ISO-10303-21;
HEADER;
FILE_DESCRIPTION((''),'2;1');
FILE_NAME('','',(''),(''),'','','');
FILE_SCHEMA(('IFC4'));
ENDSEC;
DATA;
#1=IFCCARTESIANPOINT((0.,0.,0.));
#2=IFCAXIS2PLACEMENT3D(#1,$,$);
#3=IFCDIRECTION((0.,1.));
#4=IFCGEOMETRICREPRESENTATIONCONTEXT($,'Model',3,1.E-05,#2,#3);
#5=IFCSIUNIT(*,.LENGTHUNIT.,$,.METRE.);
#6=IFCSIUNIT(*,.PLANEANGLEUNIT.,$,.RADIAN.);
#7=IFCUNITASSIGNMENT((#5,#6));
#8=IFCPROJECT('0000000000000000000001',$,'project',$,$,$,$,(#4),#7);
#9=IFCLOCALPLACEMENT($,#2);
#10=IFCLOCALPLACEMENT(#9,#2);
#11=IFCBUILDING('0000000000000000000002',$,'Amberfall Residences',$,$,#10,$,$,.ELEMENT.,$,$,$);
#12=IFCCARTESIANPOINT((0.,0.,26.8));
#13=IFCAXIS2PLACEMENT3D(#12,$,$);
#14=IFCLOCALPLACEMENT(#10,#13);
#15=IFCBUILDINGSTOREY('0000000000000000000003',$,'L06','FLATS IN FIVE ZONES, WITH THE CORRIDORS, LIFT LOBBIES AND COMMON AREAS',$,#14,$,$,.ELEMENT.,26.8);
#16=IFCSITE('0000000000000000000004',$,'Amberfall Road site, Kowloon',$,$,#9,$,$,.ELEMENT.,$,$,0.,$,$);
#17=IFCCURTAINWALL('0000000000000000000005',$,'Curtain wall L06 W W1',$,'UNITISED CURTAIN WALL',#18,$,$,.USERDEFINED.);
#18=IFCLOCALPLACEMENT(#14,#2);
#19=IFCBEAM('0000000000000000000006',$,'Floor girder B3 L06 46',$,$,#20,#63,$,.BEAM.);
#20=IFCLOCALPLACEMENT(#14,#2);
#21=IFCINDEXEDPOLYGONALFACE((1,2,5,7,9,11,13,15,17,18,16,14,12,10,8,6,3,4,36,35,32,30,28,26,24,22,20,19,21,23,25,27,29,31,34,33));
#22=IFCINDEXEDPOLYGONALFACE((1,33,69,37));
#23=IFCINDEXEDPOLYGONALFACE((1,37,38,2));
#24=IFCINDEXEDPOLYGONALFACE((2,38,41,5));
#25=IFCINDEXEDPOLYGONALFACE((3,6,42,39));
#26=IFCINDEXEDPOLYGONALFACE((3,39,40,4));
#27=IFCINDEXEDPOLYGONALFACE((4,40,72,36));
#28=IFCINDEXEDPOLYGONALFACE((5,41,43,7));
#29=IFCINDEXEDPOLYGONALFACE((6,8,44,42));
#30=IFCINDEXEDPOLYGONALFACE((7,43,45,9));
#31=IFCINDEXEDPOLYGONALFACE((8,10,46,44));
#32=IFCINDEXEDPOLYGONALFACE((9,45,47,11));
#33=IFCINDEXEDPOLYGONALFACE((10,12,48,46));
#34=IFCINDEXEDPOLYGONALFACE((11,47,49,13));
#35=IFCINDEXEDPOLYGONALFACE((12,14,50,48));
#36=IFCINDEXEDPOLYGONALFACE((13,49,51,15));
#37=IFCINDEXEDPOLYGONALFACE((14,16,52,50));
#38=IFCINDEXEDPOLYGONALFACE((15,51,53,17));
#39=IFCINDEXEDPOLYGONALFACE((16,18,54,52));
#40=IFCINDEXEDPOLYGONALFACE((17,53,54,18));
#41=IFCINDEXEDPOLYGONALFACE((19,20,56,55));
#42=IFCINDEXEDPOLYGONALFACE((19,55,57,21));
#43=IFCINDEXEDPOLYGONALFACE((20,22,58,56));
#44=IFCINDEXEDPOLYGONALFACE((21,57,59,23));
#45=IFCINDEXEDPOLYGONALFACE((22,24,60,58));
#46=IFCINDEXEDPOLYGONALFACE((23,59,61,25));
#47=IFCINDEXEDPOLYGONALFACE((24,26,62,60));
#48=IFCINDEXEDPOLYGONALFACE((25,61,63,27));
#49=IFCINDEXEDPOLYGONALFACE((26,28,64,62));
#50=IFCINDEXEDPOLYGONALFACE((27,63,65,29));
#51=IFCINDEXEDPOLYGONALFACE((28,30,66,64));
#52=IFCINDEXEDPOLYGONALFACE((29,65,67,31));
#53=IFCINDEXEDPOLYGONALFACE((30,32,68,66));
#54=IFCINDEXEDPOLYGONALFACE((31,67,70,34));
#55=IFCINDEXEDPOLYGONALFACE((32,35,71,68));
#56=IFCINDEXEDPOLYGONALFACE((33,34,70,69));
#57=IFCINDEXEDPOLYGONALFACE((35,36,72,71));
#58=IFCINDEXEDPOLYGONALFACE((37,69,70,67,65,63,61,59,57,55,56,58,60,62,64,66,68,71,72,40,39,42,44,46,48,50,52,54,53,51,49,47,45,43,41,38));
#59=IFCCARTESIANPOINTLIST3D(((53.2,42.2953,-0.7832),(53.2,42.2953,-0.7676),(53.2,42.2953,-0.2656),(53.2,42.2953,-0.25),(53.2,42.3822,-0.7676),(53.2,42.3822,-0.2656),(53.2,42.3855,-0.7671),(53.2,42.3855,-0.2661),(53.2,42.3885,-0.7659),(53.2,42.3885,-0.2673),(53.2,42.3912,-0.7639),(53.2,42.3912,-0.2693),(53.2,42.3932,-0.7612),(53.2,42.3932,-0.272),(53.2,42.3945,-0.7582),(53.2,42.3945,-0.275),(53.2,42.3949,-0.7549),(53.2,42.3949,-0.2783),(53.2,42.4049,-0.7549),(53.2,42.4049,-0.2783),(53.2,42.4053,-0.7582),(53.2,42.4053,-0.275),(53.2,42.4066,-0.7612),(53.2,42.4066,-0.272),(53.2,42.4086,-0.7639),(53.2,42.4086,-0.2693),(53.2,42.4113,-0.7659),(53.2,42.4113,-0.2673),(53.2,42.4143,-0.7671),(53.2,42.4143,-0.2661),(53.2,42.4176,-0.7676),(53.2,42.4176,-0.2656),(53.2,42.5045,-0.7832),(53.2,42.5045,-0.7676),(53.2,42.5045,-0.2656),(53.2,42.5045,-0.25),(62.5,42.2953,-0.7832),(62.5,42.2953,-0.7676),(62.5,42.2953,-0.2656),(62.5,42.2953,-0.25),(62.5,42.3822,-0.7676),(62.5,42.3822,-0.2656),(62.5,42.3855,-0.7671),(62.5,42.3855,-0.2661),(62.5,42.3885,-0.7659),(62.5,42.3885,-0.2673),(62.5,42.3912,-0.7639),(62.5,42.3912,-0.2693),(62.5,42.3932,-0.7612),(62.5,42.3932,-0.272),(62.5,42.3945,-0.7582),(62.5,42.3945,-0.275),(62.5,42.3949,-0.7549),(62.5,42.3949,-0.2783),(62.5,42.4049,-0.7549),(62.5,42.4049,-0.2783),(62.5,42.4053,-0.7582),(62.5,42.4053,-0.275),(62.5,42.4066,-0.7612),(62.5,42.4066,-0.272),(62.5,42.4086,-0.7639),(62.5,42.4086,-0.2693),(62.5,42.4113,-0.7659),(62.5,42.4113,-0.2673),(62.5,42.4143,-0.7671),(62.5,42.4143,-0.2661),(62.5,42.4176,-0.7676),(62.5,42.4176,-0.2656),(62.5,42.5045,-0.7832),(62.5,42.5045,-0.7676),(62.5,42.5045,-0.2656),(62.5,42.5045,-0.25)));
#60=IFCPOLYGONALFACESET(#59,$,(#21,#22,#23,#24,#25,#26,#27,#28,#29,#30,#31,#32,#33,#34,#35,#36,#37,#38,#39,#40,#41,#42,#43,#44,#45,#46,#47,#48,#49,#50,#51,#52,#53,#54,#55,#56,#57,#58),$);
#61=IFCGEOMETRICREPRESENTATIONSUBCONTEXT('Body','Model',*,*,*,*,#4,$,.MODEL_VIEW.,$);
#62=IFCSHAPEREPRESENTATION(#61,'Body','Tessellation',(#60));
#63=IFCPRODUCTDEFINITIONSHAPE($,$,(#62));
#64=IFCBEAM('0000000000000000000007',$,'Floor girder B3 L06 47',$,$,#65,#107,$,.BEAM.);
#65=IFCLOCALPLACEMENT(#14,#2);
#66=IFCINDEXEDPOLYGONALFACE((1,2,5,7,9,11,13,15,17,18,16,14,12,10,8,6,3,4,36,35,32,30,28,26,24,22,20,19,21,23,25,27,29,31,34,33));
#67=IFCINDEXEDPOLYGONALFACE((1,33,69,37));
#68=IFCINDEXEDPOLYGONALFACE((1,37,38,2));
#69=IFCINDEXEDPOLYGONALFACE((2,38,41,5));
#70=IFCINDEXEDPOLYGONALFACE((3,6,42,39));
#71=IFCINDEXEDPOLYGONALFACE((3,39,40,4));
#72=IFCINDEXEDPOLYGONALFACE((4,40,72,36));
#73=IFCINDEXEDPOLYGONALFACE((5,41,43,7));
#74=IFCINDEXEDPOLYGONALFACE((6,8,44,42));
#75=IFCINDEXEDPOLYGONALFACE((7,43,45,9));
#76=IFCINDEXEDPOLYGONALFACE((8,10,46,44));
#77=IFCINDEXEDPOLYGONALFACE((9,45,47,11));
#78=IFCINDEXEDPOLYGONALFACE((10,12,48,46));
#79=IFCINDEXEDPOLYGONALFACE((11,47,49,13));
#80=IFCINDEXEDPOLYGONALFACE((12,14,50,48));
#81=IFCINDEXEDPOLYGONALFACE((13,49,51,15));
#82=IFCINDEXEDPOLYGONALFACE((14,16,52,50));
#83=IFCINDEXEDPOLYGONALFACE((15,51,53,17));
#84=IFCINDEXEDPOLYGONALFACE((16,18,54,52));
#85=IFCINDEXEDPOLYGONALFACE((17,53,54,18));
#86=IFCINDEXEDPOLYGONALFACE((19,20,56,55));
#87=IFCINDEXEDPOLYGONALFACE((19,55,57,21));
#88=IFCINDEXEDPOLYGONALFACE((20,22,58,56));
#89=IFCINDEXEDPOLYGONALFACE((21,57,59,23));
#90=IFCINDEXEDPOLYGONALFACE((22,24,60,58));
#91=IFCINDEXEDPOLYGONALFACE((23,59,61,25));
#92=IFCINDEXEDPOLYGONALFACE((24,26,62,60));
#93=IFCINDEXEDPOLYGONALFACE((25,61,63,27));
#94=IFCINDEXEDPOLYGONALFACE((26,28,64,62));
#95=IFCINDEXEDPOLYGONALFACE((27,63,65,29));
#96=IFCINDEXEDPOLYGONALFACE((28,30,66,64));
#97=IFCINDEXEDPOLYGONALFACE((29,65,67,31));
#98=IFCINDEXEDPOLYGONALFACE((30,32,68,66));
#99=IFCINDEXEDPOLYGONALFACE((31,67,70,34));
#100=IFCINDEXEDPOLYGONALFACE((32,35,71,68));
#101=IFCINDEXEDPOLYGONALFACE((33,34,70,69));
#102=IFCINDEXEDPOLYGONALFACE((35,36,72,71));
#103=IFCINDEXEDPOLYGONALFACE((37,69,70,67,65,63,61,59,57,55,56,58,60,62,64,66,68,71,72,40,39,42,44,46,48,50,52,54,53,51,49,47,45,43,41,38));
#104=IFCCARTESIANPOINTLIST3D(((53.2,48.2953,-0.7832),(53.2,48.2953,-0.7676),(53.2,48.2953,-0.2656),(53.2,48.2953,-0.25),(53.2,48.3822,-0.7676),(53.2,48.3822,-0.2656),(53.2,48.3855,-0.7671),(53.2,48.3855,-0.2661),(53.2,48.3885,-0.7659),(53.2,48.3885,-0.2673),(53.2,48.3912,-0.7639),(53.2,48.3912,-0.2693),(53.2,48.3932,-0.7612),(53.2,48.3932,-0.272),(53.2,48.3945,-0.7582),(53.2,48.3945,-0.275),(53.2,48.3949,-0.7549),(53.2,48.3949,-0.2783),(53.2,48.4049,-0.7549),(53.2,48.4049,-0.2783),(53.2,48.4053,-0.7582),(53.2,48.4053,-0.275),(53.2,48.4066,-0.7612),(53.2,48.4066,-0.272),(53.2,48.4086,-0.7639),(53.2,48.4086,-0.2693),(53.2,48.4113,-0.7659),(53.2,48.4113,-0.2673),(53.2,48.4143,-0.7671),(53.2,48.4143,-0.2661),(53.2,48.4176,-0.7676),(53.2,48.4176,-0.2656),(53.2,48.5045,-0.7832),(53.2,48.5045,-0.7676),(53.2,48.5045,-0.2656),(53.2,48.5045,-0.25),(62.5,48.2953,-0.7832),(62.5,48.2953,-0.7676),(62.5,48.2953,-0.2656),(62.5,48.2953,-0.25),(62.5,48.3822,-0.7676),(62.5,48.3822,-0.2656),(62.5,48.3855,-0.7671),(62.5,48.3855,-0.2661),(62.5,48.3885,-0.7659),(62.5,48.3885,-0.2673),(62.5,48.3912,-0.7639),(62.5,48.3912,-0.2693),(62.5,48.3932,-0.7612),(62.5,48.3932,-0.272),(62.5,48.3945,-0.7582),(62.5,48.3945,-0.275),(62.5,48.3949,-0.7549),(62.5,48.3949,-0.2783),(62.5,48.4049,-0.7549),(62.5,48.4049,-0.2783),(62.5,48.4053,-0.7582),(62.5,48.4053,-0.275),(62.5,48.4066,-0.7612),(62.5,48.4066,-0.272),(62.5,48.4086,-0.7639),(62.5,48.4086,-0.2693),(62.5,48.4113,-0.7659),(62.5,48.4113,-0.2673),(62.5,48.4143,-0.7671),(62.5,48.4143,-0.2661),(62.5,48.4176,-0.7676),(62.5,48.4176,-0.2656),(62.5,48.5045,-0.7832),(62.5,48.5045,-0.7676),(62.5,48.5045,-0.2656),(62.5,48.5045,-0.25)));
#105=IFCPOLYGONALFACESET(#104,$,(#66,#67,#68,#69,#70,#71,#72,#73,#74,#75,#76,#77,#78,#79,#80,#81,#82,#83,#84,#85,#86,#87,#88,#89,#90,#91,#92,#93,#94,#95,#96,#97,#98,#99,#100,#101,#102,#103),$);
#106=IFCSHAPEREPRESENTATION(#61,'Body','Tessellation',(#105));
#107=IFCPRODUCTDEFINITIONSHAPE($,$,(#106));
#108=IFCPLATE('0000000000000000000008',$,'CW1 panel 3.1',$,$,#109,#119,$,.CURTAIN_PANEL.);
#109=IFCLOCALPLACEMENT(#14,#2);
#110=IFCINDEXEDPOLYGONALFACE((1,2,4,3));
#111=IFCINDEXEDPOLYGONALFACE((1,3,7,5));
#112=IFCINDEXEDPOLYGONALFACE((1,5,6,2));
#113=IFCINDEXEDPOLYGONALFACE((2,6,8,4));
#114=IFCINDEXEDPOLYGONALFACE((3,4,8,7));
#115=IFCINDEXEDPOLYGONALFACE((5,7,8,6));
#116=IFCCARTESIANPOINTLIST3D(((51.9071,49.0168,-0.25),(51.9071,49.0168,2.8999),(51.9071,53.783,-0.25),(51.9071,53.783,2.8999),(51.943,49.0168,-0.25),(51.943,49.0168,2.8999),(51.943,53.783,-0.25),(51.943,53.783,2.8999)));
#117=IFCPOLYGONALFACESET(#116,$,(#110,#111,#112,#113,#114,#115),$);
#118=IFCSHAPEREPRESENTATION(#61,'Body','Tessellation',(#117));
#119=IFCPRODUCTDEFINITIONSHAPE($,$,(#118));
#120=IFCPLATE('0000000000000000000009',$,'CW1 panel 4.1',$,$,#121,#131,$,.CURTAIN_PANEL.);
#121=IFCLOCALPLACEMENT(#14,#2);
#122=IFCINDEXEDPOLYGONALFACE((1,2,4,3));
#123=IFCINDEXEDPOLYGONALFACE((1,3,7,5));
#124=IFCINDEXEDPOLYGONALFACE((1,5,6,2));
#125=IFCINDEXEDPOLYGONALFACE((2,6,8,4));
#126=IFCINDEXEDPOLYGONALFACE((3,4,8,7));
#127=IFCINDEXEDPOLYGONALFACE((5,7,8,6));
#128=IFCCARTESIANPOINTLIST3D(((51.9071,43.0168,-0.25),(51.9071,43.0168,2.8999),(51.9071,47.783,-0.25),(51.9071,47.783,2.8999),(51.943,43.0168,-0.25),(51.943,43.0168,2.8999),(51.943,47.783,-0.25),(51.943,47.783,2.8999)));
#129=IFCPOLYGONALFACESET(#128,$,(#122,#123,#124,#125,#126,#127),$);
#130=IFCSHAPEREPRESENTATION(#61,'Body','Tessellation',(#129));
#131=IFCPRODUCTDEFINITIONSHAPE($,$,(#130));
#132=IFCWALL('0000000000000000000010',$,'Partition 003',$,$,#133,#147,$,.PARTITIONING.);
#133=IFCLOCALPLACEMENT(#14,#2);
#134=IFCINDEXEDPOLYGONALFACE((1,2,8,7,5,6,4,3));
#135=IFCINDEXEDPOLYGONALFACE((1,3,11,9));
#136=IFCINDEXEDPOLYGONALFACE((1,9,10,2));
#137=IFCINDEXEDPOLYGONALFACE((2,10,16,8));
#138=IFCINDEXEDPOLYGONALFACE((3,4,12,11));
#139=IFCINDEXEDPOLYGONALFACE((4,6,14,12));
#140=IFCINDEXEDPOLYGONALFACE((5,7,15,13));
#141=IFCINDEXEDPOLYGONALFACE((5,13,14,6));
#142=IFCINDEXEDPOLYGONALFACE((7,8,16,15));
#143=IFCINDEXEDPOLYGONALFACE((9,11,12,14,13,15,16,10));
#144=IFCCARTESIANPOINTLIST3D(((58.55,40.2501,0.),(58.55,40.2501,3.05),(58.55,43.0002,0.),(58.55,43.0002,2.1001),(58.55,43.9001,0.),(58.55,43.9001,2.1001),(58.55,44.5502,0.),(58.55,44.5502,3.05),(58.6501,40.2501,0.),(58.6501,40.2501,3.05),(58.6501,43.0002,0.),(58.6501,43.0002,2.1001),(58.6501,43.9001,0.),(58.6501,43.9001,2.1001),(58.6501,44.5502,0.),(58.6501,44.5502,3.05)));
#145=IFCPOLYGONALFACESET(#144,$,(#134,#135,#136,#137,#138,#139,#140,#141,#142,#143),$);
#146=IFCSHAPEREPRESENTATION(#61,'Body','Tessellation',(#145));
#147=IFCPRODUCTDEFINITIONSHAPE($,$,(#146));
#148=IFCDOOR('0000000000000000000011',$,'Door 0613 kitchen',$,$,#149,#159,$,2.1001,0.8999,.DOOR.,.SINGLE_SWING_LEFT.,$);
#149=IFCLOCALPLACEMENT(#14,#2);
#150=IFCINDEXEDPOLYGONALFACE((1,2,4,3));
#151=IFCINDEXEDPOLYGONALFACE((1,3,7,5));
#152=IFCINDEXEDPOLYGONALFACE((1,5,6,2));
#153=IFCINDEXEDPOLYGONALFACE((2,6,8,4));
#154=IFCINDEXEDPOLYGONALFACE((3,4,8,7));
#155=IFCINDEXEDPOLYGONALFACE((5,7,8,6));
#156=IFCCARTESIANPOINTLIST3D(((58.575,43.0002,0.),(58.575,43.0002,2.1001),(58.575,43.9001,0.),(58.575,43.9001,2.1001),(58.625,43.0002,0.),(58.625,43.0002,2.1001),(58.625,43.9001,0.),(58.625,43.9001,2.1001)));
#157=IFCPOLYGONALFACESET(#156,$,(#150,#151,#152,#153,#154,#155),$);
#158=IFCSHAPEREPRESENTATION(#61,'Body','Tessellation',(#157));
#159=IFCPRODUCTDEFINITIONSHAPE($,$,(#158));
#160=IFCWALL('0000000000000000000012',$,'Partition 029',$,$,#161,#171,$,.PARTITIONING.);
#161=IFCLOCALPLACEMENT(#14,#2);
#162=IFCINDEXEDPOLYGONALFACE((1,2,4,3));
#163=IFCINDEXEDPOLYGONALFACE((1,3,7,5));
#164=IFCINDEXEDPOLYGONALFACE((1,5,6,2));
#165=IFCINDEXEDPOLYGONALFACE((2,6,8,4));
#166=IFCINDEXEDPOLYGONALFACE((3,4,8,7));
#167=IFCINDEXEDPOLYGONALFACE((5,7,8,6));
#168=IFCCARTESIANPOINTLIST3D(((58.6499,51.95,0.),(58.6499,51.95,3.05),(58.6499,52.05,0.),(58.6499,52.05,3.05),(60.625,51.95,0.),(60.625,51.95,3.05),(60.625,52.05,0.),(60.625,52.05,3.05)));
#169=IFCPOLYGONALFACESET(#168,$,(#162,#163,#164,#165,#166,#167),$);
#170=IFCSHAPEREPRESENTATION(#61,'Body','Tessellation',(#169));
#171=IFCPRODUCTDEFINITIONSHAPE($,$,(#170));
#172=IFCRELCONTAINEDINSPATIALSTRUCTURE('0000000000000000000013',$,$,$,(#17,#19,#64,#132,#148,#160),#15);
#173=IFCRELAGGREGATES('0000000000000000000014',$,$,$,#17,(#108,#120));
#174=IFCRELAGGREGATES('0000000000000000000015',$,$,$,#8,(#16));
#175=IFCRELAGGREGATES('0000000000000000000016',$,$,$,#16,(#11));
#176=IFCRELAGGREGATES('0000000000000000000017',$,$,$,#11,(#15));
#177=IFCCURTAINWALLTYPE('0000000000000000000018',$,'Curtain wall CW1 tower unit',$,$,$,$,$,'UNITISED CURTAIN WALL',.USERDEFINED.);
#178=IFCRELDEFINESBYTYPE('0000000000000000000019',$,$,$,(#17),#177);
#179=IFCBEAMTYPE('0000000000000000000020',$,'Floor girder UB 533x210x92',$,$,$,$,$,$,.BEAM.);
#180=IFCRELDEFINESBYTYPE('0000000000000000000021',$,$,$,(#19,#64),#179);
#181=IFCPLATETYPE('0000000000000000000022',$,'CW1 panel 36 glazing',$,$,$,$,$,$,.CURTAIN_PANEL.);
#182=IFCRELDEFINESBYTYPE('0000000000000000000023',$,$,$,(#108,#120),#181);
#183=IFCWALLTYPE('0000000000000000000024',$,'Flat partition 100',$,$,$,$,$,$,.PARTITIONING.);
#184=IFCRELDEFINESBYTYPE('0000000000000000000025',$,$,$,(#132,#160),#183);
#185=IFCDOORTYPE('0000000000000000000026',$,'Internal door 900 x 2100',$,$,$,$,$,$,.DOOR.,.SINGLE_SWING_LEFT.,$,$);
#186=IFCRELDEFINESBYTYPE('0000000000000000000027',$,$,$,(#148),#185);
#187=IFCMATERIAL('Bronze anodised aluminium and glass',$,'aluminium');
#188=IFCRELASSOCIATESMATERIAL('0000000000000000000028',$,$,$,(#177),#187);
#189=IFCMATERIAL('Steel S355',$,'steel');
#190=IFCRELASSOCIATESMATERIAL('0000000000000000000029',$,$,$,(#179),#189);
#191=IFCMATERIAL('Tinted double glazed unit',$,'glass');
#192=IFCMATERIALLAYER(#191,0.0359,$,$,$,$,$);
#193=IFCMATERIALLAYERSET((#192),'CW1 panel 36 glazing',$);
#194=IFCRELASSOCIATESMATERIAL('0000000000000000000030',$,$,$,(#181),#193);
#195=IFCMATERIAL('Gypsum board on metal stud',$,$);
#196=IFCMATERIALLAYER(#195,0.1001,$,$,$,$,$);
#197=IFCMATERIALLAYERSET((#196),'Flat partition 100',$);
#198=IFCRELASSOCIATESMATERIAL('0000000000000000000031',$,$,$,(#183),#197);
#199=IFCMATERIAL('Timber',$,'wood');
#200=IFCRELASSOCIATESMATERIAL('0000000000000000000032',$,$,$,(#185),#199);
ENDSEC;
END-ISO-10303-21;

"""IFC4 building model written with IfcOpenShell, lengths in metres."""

from ifc_helpers import new_model, si_unit, direction, frame, frame_2d, origin, origin_2d, place, context, subcontext, project, spatial, rectangle, i_section, extrude, material, layer, layer_set, material_profile, profile_set, type_object, element, fill, aggregate, save


model = new_model("IFC4")

# Units and contexts
model_context = context("Model", 3, precision=1e-05, world=origin(), true_north=direction((0.0, 1.0)))
body_context = subcontext(model_context, "Body", "Model", "MODEL_VIEW")
ifc_project = project(units=[si_unit("LENGTHUNIT", "METRE"), si_unit("PLANEANGLEUNIT", "RADIAN")], contexts=[model_context])

# Site, building, storey
site_placement = place(None, origin())
site = spatial("IfcSite", under=ifc_project, at=site_placement, Name="Amberfall Road site, Kowloon", CompositionType="ELEMENT", RefElevation=0.0)
building_placement = place(site_placement, origin())
building = spatial("IfcBuilding", under=site, at=building_placement, Name="Amberfall Residences", CompositionType="ELEMENT")
storey_placement = place(building_placement, frame((0.0, 0.0, 26.8)))
storey = spatial("IfcBuildingStorey", under=building, at=storey_placement, Name="L06", Description="FLATS IN FIVE ZONES, WITH THE CORRIDORS, LIFT LOBBIES AND COMMON AREAS", CompositionType="ELEMENT", Elevation=26.8)

# Curtain wall
ifc_material_1 = material(Name="Bronze anodised aluminium and glass", Category="aluminium")
curtain_wall_type = type_object("IfcCurtainWallType", Name="Curtain wall CW1 tower unit", ElementType="UNITISED CURTAIN WALL", PredefinedType="USERDEFINED", material=ifc_material_1)
curtain_wall_placement = place(storey_placement, origin())
curtain_wall = element("IfcCurtainWall", 1, at=curtain_wall_placement, inside=storey, type_object=curtain_wall_type, Name="Curtain wall L06 W W1", ObjectType="UNITISED CURTAIN WALL", PredefinedType="USERDEFINED")

# Shared definitions
ifc_material_2 = material(Name="Steel S355", Category="steel")

# Beams
ifc_material_profile_1 = material_profile(ifc_material_2, i_section(OverallWidth=0.2092, OverallDepth=0.5332, WebThickness=0.01, FlangeThickness=0.0156, FilletRadius=0.0127, at=origin_2d()), Name="UB 533x210x92")
ifc_profile_set_1 = profile_set([ifc_material_profile_1], Name="Steel S355")
beam_type_1 = type_object("IfcBeamType", Name="Floor girder UB 533x210x92", PredefinedType="BEAM", material=ifc_profile_set_1)
for number, where, z_axis, x_axis, name in (
    (2, (53.2, 42.3999, -0.5166), (1.0, 0.0, 0.0), (0.0, 1.0, 0.0), "Floor girder B3 L06 46"),
    (3, (53.2, 48.3999, -0.5166), (1.0, 0.0, 0.0), (0.0, 1.0, 0.0), "Floor girder B3 L06 47"),
):
    element("IfcBeam", number, at=place(storey_placement, frame(where, z_axis=z_axis, x_axis=x_axis)), inside=storey, type_object=beam_type_1, Name=name, PredefinedType="BEAM", context=body_context, shape_type="SweptSolid", body=[
        extrude(i_section(OverallWidth=0.2092, OverallDepth=0.5332, WebThickness=0.01, FlangeThickness=0.0156, FilletRadius=0.0127, at=origin_2d()), origin(), (0.0, 0.0, 1.0), 9.3),
    ])

# Plates
ifc_material_3 = material(Name="Tinted double glazed unit", Category="glass")
ifc_layer_1 = layer(ifc_material_3, 0.0359)
ifc_layer_set_1 = layer_set([ifc_layer_1], Name="CW1 panel 36 glazing")
plate_type = type_object("IfcPlateType", Name="CW1 panel 36 glazing", PredefinedType="CURTAIN_PANEL", material=ifc_layer_set_1)
plate_1_placement = place(storey_placement, frame((51.925, 51.3999, -0.25), z_axis=(0.0, 0.0, 1.0), x_axis=(0.0, -1.0, 0.0)))
plate_1 = element("IfcPlate", 4, at=plate_1_placement, type_object=plate_type, Name="CW1 panel 3.1", PredefinedType="CURTAIN_PANEL", context=body_context, shape_type="SweptSolid", body=[
    extrude(rectangle(XDim=4.7661, YDim=0.0359, at=origin_2d()), origin(), (0.0, 0.0, 1.0), 3.1499),
])
plate_2_placement = place(storey_placement, frame((51.925, 45.3999, -0.25), z_axis=(0.0, 0.0, 1.0), x_axis=(0.0, -1.0, 0.0)))
plate_2 = element("IfcPlate", 5, at=plate_2_placement, type_object=plate_type, Name="CW1 panel 4.1", PredefinedType="CURTAIN_PANEL", context=body_context, shape_type="SweptSolid", body=[
    extrude(rectangle(XDim=4.7661, YDim=0.0359, at=origin_2d()), origin(), (0.0, 0.0, 1.0), 3.1499),
])
aggregate(curtain_wall, [plate_1, plate_2])

# Wall, opening, door
ifc_material_4 = material(Name="Gypsum board on metal stud")
ifc_layer_2 = layer(ifc_material_4, 0.1001)
ifc_layer_set_2 = layer_set([ifc_layer_2], Name="Flat partition 100")
wall_type_1 = type_object("IfcWallType", Name="Flat partition 100", PredefinedType="PARTITIONING", material=ifc_layer_set_2)
wall_1_placement = place(storey_placement, frame((58.6001, 44.55, 0.0), z_axis=(0.0, 0.0, 1.0), x_axis=(0.0, -1.0, 0.0)))
wall_1 = element("IfcWall", 6, at=wall_1_placement, inside=storey, type_object=wall_type_1, Name="Partition 003", PredefinedType="PARTITIONING", context=body_context, shape_type="SweptSolid", body=[
    extrude(rectangle(XDim=4.3, YDim=0.1001, at=frame_2d((2.1499, 0.0))), origin(), (0.0, 0.0, 1.0), 3.05),
])
opening_1_placement = place(wall_1_placement, frame((0.6499, 0.0, 0.0)))
opening_1 = element("IfcOpeningElement", 7, at=opening_1_placement, cuts=wall_1, PredefinedType="OPENING", context=body_context, shape_type="SweptSolid", body=[
    extrude(rectangle(XDim=0.8999, YDim=2.1001, at=frame_2d((0.45, 1.05))), frame((0.0, 0.0601, 0.0), z_axis=(0.0, -1.0, 0.0), x_axis=(1.0, 0.0, 0.0)), (0.0, 0.0, 1.0), 0.1201),
])
ifc_material_5 = material(Name="Timber", Category="wood")
door_type_1 = type_object("IfcDoorType", Name="Internal door 900 x 2100", OperationType="SINGLE_SWING_LEFT", PredefinedType="DOOR", material=ifc_material_5)
door_1_placement = place(opening_1_placement, origin())
door_1 = element("IfcDoor", 8, at=door_1_placement, inside=storey, type_object=door_type_1, Name="Door 0613 kitchen", OperationType="SINGLE_SWING_LEFT", OverallHeight=2.1001, OverallWidth=0.8999, PredefinedType="DOOR", context=body_context, shape_type="SweptSolid", body=[
    extrude(rectangle(XDim=0.8999, YDim=2.1001, at=frame_2d((0.45, 1.05))), frame((0.0, 0.0249, 0.0), z_axis=(0.0, -1.0, 0.0), x_axis=(1.0, 0.0, 0.0)), (0.0, 0.0, 1.0), 0.05),
])
fill(opening_1, door_1)

# Wall
wall_2_placement = place(storey_placement, frame((58.6499, 52.0, 0.0), z_axis=(0.0, 0.0, 1.0), x_axis=(1.0, 0.0, 0.0)))
element("IfcWall", 9, at=wall_2_placement, inside=storey, type_object=wall_type_1, Name="Partition 029", PredefinedType="PARTITIONING", context=body_context, shape_type="SweptSolid", body=[
    extrude(rectangle(XDim=1.9751, YDim=0.1001, at=frame_2d((0.9875, 0.0))), origin(), (0.0, 0.0, 1.0), 3.05),
])

save(model, "model.ifc")
